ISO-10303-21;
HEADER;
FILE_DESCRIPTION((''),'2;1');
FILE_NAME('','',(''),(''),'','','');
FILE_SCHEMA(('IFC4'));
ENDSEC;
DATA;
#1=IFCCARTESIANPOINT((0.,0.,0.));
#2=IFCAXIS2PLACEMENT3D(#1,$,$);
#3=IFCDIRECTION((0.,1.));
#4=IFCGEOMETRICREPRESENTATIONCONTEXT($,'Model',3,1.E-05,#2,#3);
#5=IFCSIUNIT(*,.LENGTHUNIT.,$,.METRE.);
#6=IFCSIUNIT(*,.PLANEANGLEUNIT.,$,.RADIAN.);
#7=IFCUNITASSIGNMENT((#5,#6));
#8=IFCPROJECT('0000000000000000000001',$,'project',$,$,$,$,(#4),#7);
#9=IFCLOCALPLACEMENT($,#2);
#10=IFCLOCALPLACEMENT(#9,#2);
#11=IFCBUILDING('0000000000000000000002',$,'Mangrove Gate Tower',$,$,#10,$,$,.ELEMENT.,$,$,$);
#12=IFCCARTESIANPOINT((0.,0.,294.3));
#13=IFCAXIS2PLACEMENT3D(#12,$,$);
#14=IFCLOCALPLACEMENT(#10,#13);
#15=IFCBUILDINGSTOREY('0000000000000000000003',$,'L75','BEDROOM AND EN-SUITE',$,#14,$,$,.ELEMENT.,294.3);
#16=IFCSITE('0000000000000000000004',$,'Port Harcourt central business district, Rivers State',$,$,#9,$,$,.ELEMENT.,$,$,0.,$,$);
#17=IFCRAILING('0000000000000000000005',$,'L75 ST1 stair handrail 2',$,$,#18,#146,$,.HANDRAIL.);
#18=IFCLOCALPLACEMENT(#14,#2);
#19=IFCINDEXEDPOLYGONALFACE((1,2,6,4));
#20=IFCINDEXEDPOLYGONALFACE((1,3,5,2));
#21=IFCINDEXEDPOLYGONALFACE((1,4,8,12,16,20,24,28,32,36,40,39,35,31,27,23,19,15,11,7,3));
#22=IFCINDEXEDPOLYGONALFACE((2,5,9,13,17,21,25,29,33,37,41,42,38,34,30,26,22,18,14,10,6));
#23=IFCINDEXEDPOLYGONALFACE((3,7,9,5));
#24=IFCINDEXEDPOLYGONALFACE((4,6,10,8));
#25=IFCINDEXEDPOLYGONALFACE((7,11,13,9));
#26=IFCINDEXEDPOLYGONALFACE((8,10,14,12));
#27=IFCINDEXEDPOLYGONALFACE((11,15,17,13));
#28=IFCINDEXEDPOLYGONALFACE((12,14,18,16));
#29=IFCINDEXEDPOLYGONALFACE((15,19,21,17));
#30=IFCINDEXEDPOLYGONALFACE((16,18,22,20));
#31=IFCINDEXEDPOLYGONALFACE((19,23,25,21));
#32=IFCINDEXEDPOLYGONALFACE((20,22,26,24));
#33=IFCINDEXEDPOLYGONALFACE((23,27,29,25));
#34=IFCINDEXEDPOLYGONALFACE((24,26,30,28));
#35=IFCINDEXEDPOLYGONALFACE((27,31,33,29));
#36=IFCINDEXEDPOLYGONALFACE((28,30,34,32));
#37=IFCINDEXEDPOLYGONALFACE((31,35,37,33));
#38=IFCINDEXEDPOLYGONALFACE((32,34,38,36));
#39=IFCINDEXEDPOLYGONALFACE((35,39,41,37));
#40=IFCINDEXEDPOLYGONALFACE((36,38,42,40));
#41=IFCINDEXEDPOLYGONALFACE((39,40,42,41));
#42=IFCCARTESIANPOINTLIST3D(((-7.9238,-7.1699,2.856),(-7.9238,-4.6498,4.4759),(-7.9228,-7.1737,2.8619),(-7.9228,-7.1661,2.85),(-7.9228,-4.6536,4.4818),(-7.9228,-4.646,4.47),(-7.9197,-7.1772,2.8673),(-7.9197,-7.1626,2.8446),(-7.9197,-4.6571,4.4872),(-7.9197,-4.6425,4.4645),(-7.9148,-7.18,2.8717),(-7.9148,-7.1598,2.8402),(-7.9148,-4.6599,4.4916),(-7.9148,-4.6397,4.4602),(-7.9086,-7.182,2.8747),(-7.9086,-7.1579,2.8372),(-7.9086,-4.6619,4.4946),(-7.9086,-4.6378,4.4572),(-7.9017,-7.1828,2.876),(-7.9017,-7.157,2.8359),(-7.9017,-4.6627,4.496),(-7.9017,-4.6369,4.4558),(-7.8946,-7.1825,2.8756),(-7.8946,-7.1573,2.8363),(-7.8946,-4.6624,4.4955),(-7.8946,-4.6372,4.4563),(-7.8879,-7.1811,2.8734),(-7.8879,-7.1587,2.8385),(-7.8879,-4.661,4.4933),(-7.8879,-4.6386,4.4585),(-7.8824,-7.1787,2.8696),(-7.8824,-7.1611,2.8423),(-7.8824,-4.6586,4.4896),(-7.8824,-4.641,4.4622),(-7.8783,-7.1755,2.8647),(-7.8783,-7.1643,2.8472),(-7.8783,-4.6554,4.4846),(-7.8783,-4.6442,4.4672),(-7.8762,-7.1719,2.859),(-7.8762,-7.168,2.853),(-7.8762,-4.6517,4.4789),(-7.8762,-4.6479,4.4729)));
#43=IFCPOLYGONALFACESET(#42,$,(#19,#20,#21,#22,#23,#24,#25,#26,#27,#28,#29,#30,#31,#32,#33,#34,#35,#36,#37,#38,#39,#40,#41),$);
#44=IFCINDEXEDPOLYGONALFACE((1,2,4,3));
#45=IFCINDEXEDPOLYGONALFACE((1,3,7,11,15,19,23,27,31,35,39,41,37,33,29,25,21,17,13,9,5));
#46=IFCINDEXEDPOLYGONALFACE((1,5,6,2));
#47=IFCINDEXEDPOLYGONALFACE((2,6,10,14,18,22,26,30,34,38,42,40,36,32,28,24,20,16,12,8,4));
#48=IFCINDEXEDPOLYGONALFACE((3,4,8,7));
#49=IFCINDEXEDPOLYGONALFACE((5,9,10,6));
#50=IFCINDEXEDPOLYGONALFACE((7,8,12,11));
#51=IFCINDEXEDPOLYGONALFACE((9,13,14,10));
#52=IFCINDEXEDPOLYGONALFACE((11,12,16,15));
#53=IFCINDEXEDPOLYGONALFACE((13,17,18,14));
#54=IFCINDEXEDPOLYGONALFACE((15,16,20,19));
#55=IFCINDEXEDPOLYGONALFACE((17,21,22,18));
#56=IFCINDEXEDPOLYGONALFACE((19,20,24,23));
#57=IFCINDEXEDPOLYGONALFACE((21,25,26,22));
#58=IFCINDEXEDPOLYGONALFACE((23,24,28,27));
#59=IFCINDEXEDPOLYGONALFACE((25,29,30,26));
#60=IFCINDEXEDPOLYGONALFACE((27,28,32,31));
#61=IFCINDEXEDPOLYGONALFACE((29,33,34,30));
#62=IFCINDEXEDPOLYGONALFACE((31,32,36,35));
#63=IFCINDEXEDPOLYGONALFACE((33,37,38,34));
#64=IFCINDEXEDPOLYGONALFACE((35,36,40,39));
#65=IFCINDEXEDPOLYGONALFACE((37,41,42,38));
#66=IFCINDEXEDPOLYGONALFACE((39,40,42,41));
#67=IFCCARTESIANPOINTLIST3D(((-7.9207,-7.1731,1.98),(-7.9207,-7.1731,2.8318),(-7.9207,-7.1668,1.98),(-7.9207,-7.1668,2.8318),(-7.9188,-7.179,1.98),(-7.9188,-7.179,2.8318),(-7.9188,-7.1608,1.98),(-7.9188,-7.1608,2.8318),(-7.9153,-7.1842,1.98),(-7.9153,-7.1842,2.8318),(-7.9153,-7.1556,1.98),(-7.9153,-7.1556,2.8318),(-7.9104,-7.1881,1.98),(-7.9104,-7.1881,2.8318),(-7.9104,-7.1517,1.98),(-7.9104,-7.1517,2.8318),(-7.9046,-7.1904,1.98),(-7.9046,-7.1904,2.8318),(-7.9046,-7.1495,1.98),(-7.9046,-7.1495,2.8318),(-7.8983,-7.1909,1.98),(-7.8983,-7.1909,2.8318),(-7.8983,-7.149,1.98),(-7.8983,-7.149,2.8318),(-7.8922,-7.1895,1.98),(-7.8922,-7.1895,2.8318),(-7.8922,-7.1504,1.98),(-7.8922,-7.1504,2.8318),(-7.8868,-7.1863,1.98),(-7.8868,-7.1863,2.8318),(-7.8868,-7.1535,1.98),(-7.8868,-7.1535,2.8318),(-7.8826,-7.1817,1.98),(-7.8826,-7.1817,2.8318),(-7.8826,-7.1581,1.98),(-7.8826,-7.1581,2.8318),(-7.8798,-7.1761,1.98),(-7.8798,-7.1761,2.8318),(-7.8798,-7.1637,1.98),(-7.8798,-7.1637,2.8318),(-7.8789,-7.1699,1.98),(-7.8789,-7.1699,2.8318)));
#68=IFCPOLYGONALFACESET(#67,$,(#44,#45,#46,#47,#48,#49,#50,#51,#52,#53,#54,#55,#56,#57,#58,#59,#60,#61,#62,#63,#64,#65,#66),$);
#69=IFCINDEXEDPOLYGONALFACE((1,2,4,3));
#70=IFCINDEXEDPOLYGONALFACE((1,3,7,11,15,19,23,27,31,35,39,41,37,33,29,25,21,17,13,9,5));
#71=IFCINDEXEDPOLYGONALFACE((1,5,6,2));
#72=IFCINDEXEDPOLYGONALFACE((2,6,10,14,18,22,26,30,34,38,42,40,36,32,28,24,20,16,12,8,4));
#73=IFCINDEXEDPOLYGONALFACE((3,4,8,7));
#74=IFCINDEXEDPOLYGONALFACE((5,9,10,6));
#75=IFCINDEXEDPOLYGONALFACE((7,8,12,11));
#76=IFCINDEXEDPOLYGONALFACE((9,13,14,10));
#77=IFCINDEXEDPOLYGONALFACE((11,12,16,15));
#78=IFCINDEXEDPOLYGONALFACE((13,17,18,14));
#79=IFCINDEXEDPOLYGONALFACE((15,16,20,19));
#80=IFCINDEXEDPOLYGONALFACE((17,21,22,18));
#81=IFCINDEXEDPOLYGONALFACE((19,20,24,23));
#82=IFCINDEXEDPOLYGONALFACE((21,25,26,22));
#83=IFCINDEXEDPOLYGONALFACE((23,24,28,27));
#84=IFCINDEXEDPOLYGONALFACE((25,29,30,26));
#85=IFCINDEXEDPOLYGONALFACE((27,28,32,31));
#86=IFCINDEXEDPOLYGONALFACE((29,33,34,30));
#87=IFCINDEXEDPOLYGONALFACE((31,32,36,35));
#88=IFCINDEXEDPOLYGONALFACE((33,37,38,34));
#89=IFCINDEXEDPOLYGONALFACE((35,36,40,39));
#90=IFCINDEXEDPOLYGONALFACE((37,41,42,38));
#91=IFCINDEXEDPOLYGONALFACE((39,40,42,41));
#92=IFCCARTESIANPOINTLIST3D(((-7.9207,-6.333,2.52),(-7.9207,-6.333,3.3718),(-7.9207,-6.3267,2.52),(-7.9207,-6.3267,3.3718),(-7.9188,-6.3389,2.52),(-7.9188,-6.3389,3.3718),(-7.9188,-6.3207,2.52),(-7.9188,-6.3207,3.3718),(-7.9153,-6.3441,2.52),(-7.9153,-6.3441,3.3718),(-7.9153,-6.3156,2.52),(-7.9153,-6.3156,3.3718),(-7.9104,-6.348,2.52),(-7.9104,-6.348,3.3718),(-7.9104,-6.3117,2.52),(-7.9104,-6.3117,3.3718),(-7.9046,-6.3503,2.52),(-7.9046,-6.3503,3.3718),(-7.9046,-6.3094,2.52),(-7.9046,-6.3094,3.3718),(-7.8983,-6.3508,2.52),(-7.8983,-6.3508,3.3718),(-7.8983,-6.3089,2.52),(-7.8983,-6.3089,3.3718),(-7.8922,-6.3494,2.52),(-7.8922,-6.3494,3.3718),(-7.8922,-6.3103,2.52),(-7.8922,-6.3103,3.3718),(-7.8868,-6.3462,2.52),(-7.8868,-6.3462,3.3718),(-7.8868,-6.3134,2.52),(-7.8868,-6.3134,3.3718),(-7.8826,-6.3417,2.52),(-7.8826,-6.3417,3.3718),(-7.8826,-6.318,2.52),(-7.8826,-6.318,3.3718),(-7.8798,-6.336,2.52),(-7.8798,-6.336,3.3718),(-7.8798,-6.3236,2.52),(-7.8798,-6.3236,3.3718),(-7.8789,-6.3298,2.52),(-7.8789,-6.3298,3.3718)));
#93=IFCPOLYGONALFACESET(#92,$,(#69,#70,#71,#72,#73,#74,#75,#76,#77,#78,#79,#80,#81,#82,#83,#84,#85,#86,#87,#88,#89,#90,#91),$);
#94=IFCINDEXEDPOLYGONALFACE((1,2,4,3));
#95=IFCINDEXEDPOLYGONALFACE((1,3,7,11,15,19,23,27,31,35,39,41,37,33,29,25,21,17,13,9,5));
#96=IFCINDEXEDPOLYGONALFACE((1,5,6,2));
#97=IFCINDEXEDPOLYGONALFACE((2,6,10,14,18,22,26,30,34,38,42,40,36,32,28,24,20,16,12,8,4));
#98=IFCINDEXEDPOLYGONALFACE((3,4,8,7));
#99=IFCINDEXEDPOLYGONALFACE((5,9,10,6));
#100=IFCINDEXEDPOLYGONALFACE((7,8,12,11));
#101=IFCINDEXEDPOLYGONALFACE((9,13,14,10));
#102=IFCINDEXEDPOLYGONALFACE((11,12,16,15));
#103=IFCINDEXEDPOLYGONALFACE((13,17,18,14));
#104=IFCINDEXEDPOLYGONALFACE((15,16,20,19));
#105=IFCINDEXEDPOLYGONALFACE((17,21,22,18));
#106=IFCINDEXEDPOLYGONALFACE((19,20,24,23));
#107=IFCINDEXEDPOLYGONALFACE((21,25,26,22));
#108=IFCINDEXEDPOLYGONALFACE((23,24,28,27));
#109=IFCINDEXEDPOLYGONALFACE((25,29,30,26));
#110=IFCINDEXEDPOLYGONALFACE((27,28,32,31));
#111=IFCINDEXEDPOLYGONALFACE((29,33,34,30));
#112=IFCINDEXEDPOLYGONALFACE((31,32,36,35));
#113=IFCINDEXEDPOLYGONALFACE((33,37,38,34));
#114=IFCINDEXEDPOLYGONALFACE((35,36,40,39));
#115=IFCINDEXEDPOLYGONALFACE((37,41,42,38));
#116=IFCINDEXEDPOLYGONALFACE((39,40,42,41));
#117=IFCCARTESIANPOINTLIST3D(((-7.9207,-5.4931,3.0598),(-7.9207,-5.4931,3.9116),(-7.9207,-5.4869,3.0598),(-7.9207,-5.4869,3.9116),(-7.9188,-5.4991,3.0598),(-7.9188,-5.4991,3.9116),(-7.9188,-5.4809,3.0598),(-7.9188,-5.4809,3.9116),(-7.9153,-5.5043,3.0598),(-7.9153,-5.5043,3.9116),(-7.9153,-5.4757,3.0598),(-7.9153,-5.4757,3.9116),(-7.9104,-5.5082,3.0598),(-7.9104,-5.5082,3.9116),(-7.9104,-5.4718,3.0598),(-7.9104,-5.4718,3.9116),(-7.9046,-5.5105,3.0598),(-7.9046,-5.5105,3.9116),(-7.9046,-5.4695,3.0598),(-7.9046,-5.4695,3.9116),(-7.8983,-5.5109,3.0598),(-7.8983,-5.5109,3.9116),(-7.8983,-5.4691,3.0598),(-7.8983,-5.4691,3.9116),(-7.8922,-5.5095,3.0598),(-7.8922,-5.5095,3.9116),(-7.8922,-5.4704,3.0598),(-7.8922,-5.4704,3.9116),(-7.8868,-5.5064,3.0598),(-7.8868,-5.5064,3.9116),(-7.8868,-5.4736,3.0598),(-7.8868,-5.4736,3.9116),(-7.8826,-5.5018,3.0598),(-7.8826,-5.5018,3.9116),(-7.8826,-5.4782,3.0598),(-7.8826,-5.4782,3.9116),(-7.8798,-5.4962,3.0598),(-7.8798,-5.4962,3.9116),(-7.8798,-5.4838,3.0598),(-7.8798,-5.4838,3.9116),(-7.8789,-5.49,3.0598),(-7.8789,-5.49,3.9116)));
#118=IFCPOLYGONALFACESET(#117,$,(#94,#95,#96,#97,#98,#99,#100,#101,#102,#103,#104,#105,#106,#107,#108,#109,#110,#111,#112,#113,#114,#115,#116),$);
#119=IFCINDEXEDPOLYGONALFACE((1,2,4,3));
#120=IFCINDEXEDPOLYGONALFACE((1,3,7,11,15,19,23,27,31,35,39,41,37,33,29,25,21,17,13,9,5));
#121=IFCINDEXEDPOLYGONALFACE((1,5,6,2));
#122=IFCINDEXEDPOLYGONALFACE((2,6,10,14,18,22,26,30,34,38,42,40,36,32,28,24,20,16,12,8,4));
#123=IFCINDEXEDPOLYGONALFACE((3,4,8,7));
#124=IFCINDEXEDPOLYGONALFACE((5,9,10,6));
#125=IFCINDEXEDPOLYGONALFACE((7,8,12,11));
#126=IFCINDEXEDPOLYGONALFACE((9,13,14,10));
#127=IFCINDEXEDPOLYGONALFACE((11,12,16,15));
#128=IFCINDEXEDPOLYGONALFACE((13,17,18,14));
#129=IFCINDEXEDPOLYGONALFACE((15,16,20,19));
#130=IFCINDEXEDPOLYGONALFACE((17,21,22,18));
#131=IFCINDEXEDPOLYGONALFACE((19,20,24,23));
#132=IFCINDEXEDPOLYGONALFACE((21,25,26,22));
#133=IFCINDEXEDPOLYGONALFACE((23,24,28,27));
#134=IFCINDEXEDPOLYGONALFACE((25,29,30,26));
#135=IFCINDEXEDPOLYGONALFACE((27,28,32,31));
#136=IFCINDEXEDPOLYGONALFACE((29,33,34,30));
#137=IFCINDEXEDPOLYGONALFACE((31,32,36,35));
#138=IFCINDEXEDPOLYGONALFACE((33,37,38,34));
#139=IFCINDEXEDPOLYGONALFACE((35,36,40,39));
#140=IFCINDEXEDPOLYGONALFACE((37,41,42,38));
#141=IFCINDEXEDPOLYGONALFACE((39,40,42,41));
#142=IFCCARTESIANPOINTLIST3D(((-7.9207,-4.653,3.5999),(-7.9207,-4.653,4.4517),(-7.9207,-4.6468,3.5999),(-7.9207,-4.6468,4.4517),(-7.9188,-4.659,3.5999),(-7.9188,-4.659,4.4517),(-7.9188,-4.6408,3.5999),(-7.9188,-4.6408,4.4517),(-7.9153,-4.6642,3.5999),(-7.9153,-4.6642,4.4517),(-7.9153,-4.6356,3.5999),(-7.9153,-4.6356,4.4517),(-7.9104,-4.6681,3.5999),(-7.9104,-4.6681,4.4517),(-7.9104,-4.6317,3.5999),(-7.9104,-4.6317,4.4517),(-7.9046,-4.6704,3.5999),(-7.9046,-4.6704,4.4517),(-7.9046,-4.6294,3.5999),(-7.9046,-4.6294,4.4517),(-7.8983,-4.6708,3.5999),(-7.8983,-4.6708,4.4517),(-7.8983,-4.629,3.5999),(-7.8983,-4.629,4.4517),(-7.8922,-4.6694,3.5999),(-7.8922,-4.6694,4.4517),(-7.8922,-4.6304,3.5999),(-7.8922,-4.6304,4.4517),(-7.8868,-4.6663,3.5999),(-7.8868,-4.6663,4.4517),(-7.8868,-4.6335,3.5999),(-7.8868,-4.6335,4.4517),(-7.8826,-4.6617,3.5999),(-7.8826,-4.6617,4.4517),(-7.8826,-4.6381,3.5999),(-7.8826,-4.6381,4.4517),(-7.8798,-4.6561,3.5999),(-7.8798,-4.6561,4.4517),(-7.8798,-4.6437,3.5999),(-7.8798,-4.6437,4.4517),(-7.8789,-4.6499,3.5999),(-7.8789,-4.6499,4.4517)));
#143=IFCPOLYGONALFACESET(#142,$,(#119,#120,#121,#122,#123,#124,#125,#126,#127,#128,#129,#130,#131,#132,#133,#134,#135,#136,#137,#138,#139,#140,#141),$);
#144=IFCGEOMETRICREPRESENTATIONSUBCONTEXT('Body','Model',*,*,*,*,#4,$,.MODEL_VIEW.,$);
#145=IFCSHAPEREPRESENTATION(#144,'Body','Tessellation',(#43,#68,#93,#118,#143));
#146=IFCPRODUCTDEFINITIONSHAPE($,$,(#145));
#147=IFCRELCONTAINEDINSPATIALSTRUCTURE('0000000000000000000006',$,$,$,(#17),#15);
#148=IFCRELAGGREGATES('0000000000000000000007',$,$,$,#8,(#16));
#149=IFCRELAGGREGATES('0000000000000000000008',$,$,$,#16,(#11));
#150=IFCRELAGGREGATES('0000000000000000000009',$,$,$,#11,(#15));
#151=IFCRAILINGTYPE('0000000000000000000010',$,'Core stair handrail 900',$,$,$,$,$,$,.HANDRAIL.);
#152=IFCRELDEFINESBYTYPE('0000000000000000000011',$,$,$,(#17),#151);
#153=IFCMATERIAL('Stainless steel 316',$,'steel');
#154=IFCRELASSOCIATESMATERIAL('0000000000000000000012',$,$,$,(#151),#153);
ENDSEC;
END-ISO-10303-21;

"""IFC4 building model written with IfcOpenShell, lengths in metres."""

from ifc_helpers import new_model, si_unit, direction, frame, origin, origin_2d, place, context, subcontext, project, spatial, circle, extrude, material, type_object, element, save


model = new_model("IFC4")

# Units and contexts
model_context = context("Model", 3, precision=1e-05, world=origin(), true_north=direction((0.0, 1.0)))
body_context = subcontext(model_context, "Body", "Model", "MODEL_VIEW")
ifc_project = project(units=[si_unit("LENGTHUNIT", "METRE"), si_unit("PLANEANGLEUNIT", "RADIAN")], contexts=[model_context])

# Site, building, storey
site_placement = place(None, origin())
site = spatial("IfcSite", under=ifc_project, at=site_placement, Name="Port Harcourt central business district, Rivers State", CompositionType="ELEMENT", RefElevation=0.0)
building_placement = place(site_placement, origin())
building = spatial("IfcBuilding", under=site, at=building_placement, Name="Mangrove Gate Tower", CompositionType="ELEMENT")
storey_placement = place(building_placement, frame((0.0, 0.0, 294.3)))
storey = spatial("IfcBuildingStorey", under=building, at=storey_placement, Name="L75", Description="BEDROOM AND EN-SUITE", CompositionType="ELEMENT", Elevation=294.3)

# Railing
ifc_material_1 = material(Name="Stainless steel 316", Category="steel")
railing_type_1 = type_object("IfcRailingType", Name="Core stair handrail 900", PredefinedType="HANDRAIL", material=ifc_material_1)
railing_1_placement = place(storey_placement, frame((-7.8999, -7.1699, 1.98)))
element("IfcRailing", 1, at=railing_1_placement, inside=storey, type_object=railing_type_1, Name="L75 ST1 stair handrail 2", PredefinedType="HANDRAIL", context=body_context, shape_type="SweptSolid", body=[
    extrude(circle(Radius=0.0239, at=origin_2d()), frame((0.0, 0.0, 0.876), z_axis=(0.0, 0.8412, 0.540725), x_axis=(-1.0, 0.0, 0.0)), (0.0, 0.0, 1.0), 2.9958),
    extrude(circle(Radius=0.021, at=origin_2d()), origin(), (0.0, 0.0, 1.0), 0.8518),
    extrude(circle(Radius=0.021, at=origin_2d()), frame((0.0, 0.8401, 0.54)), (0.0, 0.0, 1.0), 0.8518),
    extrude(circle(Radius=0.021, at=origin_2d()), frame((0.0, 1.6799, 1.0798)), (0.0, 0.0, 1.0), 0.8518),
    extrude(circle(Radius=0.021, at=origin_2d()), frame((0.0, 2.52, 1.6199)), (0.0, 0.0, 1.0), 0.8518),
])

save(model, "model.ifc")
